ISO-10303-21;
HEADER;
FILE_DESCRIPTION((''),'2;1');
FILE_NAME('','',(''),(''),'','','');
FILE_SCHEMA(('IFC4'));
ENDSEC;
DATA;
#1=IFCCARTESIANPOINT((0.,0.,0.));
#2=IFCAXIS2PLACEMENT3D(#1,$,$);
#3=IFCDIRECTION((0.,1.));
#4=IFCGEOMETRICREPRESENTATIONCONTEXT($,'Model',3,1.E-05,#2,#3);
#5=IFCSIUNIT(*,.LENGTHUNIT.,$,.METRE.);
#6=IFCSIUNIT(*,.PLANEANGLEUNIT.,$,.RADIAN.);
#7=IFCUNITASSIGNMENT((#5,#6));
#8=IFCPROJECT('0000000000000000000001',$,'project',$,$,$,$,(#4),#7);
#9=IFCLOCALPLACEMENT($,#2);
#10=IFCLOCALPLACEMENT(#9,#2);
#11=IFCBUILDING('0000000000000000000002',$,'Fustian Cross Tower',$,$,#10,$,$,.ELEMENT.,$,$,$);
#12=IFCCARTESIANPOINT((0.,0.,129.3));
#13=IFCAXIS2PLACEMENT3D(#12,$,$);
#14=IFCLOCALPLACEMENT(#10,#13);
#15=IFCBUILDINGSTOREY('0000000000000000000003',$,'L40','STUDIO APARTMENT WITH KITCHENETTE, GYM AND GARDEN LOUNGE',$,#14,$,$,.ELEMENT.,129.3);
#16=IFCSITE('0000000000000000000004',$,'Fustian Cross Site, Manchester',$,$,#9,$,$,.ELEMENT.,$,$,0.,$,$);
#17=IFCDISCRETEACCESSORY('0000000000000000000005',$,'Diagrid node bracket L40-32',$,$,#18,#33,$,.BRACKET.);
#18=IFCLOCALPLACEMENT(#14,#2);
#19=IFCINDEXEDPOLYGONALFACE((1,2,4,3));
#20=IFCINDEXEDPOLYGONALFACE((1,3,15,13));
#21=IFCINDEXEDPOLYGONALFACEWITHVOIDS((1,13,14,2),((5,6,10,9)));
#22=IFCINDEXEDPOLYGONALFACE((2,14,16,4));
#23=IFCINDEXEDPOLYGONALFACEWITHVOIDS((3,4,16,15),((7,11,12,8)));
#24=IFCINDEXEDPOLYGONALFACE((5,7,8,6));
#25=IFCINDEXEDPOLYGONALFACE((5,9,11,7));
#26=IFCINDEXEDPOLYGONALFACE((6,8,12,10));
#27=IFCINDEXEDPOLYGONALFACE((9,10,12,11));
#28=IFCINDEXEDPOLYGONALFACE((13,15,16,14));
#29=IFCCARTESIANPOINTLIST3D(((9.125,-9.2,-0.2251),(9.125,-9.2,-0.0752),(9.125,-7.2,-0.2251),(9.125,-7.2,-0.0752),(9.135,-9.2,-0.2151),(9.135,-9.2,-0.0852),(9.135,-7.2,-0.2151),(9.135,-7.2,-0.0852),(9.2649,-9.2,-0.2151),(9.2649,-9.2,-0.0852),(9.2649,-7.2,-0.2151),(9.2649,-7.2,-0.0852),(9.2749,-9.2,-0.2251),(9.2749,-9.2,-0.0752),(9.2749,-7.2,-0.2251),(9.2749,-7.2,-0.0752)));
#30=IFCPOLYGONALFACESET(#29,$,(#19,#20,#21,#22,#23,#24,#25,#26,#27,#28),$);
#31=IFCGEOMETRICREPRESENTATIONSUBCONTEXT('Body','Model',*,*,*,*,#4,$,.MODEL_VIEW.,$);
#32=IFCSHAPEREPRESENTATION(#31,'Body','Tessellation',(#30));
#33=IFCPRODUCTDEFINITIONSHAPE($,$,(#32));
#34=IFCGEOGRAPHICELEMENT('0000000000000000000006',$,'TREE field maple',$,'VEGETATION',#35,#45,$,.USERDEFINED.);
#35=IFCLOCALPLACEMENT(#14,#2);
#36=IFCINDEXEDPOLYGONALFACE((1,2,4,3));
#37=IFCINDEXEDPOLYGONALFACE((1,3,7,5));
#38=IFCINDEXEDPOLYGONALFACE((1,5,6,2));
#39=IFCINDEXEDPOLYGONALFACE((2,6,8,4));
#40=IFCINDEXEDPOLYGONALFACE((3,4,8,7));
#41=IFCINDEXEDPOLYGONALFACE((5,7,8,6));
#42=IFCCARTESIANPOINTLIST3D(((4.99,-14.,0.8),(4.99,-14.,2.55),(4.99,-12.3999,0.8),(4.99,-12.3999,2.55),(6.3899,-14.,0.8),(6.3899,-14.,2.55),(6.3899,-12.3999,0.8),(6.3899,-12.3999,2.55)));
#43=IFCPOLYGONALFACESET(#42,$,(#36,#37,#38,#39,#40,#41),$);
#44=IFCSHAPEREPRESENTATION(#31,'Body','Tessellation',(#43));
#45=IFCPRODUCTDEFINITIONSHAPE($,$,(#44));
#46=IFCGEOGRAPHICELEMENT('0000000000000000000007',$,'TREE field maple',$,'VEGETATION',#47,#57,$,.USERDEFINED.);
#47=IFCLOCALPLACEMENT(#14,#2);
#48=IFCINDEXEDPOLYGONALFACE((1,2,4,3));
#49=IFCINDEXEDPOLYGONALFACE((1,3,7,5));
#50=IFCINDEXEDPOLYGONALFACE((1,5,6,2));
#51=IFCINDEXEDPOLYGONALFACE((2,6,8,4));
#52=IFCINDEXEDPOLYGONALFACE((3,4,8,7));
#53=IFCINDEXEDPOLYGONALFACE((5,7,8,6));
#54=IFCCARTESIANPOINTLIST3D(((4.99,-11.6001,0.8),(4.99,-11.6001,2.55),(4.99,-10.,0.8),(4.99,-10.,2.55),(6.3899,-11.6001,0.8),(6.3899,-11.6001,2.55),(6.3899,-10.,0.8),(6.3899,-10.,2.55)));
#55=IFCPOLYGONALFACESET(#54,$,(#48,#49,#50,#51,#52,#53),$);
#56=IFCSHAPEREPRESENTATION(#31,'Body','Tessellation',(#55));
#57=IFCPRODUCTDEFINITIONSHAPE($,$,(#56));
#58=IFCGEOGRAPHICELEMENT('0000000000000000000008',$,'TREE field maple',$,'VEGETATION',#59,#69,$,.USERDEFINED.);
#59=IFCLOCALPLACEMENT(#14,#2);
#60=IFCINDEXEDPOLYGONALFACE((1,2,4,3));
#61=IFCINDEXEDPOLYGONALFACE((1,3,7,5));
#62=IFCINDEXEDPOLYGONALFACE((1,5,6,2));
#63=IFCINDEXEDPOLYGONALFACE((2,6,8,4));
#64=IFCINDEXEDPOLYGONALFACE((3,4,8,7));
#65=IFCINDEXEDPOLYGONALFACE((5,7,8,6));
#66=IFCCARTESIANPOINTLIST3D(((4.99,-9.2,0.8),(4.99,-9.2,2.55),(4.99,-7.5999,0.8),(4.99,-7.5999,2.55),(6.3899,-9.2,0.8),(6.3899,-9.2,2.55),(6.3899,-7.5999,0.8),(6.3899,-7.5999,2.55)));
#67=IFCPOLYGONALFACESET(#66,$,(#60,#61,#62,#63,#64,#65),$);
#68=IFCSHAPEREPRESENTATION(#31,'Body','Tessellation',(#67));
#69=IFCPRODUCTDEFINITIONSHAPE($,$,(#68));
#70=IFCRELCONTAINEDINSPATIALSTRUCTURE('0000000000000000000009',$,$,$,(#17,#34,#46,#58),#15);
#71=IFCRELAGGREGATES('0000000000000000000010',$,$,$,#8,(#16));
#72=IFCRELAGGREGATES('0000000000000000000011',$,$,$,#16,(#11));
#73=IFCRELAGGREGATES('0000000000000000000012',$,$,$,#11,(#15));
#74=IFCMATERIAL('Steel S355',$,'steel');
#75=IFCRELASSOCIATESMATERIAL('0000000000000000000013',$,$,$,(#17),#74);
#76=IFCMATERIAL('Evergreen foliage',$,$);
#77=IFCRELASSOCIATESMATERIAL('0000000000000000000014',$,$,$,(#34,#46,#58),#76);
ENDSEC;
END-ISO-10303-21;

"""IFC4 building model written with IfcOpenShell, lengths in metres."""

from ifc_helpers import new_model, si_unit, direction, frame, origin, origin_2d, place, context, subcontext, project, spatial, rectangle, hollow_rectangle, extrude, material, element, save


model = new_model("IFC4")

# Units and contexts
model_context = context("Model", 3, precision=1e-05, world=origin(), true_north=direction((0.0, 1.0)))
body_context = subcontext(model_context, "Body", "Model", "MODEL_VIEW")
ifc_project = project(units=[si_unit("LENGTHUNIT", "METRE"), si_unit("PLANEANGLEUNIT", "RADIAN")], contexts=[model_context])

# Site, building, storey
site_placement = place(None, origin())
site = spatial("IfcSite", under=ifc_project, at=site_placement, Name="Fustian Cross Site, Manchester", CompositionType="ELEMENT", RefElevation=0.0)
building_placement = place(site_placement, origin())
building = spatial("IfcBuilding", under=site, at=building_placement, Name="Fustian Cross Tower", CompositionType="ELEMENT")
storey_placement = place(building_placement, frame((0.0, 0.0, 129.3)))
storey = spatial("IfcBuildingStorey", under=building, at=storey_placement, Name="L40", Description="STUDIO APARTMENT WITH KITCHENETTE, GYM AND GARDEN LOUNGE", CompositionType="ELEMENT", Elevation=129.3)

# Discrete accessory
ifc_material_1 = material(Name="Steel S355", Category="steel")
discrete_accessory_placement = place(storey_placement, frame((9.2, -9.2, -0.1501), z_axis=(0.0, 1.0, 0.0), x_axis=(-1.0, 0.0, 0.0)))
element("IfcDiscreteAccessory", 1, at=discrete_accessory_placement, inside=storey, material=ifc_material_1, Name="Diagrid node bracket L40-32", PredefinedType="BRACKET", context=body_context, shape_type="SweptSolid", body=[
    extrude(hollow_rectangle(XDim=0.1499, YDim=0.1499, WallThickness=0.01, at=origin_2d()), origin(), (0.0, 0.0, 1.0), 2.0),
])

# Geographic elements
ifc_material_2 = material(Name="Evergreen foliage")
for number, where, z_axis, x_axis, name in (
    (2, (5.6899, -13.2, 0.8), (0.0, 0.0, 1.0), (1.0, 0.0, 0.0), "TREE field maple"),
    (3, (5.6899, -10.8, 0.8), (0.0, 0.0, 1.0), (1.0, 0.0, 0.0), "TREE field maple"),
    (4, (5.6899, -8.3999, 0.8), (0.0, 0.0, 1.0), (1.0, 0.0, 0.0), "TREE field maple"),
):
    element("IfcGeographicElement", number, at=place(storey_placement, frame(where, z_axis=z_axis, x_axis=x_axis)), inside=storey, material=ifc_material_2, Name=name, ObjectType="VEGETATION", PredefinedType="USERDEFINED", context=body_context, shape_type="SweptSolid", body=[
        extrude(rectangle(XDim=1.3999, YDim=1.6001, at=origin_2d()), origin(), (0.0, 0.0, 1.0), 1.75),
    ])

save(model, "model.ifc")
